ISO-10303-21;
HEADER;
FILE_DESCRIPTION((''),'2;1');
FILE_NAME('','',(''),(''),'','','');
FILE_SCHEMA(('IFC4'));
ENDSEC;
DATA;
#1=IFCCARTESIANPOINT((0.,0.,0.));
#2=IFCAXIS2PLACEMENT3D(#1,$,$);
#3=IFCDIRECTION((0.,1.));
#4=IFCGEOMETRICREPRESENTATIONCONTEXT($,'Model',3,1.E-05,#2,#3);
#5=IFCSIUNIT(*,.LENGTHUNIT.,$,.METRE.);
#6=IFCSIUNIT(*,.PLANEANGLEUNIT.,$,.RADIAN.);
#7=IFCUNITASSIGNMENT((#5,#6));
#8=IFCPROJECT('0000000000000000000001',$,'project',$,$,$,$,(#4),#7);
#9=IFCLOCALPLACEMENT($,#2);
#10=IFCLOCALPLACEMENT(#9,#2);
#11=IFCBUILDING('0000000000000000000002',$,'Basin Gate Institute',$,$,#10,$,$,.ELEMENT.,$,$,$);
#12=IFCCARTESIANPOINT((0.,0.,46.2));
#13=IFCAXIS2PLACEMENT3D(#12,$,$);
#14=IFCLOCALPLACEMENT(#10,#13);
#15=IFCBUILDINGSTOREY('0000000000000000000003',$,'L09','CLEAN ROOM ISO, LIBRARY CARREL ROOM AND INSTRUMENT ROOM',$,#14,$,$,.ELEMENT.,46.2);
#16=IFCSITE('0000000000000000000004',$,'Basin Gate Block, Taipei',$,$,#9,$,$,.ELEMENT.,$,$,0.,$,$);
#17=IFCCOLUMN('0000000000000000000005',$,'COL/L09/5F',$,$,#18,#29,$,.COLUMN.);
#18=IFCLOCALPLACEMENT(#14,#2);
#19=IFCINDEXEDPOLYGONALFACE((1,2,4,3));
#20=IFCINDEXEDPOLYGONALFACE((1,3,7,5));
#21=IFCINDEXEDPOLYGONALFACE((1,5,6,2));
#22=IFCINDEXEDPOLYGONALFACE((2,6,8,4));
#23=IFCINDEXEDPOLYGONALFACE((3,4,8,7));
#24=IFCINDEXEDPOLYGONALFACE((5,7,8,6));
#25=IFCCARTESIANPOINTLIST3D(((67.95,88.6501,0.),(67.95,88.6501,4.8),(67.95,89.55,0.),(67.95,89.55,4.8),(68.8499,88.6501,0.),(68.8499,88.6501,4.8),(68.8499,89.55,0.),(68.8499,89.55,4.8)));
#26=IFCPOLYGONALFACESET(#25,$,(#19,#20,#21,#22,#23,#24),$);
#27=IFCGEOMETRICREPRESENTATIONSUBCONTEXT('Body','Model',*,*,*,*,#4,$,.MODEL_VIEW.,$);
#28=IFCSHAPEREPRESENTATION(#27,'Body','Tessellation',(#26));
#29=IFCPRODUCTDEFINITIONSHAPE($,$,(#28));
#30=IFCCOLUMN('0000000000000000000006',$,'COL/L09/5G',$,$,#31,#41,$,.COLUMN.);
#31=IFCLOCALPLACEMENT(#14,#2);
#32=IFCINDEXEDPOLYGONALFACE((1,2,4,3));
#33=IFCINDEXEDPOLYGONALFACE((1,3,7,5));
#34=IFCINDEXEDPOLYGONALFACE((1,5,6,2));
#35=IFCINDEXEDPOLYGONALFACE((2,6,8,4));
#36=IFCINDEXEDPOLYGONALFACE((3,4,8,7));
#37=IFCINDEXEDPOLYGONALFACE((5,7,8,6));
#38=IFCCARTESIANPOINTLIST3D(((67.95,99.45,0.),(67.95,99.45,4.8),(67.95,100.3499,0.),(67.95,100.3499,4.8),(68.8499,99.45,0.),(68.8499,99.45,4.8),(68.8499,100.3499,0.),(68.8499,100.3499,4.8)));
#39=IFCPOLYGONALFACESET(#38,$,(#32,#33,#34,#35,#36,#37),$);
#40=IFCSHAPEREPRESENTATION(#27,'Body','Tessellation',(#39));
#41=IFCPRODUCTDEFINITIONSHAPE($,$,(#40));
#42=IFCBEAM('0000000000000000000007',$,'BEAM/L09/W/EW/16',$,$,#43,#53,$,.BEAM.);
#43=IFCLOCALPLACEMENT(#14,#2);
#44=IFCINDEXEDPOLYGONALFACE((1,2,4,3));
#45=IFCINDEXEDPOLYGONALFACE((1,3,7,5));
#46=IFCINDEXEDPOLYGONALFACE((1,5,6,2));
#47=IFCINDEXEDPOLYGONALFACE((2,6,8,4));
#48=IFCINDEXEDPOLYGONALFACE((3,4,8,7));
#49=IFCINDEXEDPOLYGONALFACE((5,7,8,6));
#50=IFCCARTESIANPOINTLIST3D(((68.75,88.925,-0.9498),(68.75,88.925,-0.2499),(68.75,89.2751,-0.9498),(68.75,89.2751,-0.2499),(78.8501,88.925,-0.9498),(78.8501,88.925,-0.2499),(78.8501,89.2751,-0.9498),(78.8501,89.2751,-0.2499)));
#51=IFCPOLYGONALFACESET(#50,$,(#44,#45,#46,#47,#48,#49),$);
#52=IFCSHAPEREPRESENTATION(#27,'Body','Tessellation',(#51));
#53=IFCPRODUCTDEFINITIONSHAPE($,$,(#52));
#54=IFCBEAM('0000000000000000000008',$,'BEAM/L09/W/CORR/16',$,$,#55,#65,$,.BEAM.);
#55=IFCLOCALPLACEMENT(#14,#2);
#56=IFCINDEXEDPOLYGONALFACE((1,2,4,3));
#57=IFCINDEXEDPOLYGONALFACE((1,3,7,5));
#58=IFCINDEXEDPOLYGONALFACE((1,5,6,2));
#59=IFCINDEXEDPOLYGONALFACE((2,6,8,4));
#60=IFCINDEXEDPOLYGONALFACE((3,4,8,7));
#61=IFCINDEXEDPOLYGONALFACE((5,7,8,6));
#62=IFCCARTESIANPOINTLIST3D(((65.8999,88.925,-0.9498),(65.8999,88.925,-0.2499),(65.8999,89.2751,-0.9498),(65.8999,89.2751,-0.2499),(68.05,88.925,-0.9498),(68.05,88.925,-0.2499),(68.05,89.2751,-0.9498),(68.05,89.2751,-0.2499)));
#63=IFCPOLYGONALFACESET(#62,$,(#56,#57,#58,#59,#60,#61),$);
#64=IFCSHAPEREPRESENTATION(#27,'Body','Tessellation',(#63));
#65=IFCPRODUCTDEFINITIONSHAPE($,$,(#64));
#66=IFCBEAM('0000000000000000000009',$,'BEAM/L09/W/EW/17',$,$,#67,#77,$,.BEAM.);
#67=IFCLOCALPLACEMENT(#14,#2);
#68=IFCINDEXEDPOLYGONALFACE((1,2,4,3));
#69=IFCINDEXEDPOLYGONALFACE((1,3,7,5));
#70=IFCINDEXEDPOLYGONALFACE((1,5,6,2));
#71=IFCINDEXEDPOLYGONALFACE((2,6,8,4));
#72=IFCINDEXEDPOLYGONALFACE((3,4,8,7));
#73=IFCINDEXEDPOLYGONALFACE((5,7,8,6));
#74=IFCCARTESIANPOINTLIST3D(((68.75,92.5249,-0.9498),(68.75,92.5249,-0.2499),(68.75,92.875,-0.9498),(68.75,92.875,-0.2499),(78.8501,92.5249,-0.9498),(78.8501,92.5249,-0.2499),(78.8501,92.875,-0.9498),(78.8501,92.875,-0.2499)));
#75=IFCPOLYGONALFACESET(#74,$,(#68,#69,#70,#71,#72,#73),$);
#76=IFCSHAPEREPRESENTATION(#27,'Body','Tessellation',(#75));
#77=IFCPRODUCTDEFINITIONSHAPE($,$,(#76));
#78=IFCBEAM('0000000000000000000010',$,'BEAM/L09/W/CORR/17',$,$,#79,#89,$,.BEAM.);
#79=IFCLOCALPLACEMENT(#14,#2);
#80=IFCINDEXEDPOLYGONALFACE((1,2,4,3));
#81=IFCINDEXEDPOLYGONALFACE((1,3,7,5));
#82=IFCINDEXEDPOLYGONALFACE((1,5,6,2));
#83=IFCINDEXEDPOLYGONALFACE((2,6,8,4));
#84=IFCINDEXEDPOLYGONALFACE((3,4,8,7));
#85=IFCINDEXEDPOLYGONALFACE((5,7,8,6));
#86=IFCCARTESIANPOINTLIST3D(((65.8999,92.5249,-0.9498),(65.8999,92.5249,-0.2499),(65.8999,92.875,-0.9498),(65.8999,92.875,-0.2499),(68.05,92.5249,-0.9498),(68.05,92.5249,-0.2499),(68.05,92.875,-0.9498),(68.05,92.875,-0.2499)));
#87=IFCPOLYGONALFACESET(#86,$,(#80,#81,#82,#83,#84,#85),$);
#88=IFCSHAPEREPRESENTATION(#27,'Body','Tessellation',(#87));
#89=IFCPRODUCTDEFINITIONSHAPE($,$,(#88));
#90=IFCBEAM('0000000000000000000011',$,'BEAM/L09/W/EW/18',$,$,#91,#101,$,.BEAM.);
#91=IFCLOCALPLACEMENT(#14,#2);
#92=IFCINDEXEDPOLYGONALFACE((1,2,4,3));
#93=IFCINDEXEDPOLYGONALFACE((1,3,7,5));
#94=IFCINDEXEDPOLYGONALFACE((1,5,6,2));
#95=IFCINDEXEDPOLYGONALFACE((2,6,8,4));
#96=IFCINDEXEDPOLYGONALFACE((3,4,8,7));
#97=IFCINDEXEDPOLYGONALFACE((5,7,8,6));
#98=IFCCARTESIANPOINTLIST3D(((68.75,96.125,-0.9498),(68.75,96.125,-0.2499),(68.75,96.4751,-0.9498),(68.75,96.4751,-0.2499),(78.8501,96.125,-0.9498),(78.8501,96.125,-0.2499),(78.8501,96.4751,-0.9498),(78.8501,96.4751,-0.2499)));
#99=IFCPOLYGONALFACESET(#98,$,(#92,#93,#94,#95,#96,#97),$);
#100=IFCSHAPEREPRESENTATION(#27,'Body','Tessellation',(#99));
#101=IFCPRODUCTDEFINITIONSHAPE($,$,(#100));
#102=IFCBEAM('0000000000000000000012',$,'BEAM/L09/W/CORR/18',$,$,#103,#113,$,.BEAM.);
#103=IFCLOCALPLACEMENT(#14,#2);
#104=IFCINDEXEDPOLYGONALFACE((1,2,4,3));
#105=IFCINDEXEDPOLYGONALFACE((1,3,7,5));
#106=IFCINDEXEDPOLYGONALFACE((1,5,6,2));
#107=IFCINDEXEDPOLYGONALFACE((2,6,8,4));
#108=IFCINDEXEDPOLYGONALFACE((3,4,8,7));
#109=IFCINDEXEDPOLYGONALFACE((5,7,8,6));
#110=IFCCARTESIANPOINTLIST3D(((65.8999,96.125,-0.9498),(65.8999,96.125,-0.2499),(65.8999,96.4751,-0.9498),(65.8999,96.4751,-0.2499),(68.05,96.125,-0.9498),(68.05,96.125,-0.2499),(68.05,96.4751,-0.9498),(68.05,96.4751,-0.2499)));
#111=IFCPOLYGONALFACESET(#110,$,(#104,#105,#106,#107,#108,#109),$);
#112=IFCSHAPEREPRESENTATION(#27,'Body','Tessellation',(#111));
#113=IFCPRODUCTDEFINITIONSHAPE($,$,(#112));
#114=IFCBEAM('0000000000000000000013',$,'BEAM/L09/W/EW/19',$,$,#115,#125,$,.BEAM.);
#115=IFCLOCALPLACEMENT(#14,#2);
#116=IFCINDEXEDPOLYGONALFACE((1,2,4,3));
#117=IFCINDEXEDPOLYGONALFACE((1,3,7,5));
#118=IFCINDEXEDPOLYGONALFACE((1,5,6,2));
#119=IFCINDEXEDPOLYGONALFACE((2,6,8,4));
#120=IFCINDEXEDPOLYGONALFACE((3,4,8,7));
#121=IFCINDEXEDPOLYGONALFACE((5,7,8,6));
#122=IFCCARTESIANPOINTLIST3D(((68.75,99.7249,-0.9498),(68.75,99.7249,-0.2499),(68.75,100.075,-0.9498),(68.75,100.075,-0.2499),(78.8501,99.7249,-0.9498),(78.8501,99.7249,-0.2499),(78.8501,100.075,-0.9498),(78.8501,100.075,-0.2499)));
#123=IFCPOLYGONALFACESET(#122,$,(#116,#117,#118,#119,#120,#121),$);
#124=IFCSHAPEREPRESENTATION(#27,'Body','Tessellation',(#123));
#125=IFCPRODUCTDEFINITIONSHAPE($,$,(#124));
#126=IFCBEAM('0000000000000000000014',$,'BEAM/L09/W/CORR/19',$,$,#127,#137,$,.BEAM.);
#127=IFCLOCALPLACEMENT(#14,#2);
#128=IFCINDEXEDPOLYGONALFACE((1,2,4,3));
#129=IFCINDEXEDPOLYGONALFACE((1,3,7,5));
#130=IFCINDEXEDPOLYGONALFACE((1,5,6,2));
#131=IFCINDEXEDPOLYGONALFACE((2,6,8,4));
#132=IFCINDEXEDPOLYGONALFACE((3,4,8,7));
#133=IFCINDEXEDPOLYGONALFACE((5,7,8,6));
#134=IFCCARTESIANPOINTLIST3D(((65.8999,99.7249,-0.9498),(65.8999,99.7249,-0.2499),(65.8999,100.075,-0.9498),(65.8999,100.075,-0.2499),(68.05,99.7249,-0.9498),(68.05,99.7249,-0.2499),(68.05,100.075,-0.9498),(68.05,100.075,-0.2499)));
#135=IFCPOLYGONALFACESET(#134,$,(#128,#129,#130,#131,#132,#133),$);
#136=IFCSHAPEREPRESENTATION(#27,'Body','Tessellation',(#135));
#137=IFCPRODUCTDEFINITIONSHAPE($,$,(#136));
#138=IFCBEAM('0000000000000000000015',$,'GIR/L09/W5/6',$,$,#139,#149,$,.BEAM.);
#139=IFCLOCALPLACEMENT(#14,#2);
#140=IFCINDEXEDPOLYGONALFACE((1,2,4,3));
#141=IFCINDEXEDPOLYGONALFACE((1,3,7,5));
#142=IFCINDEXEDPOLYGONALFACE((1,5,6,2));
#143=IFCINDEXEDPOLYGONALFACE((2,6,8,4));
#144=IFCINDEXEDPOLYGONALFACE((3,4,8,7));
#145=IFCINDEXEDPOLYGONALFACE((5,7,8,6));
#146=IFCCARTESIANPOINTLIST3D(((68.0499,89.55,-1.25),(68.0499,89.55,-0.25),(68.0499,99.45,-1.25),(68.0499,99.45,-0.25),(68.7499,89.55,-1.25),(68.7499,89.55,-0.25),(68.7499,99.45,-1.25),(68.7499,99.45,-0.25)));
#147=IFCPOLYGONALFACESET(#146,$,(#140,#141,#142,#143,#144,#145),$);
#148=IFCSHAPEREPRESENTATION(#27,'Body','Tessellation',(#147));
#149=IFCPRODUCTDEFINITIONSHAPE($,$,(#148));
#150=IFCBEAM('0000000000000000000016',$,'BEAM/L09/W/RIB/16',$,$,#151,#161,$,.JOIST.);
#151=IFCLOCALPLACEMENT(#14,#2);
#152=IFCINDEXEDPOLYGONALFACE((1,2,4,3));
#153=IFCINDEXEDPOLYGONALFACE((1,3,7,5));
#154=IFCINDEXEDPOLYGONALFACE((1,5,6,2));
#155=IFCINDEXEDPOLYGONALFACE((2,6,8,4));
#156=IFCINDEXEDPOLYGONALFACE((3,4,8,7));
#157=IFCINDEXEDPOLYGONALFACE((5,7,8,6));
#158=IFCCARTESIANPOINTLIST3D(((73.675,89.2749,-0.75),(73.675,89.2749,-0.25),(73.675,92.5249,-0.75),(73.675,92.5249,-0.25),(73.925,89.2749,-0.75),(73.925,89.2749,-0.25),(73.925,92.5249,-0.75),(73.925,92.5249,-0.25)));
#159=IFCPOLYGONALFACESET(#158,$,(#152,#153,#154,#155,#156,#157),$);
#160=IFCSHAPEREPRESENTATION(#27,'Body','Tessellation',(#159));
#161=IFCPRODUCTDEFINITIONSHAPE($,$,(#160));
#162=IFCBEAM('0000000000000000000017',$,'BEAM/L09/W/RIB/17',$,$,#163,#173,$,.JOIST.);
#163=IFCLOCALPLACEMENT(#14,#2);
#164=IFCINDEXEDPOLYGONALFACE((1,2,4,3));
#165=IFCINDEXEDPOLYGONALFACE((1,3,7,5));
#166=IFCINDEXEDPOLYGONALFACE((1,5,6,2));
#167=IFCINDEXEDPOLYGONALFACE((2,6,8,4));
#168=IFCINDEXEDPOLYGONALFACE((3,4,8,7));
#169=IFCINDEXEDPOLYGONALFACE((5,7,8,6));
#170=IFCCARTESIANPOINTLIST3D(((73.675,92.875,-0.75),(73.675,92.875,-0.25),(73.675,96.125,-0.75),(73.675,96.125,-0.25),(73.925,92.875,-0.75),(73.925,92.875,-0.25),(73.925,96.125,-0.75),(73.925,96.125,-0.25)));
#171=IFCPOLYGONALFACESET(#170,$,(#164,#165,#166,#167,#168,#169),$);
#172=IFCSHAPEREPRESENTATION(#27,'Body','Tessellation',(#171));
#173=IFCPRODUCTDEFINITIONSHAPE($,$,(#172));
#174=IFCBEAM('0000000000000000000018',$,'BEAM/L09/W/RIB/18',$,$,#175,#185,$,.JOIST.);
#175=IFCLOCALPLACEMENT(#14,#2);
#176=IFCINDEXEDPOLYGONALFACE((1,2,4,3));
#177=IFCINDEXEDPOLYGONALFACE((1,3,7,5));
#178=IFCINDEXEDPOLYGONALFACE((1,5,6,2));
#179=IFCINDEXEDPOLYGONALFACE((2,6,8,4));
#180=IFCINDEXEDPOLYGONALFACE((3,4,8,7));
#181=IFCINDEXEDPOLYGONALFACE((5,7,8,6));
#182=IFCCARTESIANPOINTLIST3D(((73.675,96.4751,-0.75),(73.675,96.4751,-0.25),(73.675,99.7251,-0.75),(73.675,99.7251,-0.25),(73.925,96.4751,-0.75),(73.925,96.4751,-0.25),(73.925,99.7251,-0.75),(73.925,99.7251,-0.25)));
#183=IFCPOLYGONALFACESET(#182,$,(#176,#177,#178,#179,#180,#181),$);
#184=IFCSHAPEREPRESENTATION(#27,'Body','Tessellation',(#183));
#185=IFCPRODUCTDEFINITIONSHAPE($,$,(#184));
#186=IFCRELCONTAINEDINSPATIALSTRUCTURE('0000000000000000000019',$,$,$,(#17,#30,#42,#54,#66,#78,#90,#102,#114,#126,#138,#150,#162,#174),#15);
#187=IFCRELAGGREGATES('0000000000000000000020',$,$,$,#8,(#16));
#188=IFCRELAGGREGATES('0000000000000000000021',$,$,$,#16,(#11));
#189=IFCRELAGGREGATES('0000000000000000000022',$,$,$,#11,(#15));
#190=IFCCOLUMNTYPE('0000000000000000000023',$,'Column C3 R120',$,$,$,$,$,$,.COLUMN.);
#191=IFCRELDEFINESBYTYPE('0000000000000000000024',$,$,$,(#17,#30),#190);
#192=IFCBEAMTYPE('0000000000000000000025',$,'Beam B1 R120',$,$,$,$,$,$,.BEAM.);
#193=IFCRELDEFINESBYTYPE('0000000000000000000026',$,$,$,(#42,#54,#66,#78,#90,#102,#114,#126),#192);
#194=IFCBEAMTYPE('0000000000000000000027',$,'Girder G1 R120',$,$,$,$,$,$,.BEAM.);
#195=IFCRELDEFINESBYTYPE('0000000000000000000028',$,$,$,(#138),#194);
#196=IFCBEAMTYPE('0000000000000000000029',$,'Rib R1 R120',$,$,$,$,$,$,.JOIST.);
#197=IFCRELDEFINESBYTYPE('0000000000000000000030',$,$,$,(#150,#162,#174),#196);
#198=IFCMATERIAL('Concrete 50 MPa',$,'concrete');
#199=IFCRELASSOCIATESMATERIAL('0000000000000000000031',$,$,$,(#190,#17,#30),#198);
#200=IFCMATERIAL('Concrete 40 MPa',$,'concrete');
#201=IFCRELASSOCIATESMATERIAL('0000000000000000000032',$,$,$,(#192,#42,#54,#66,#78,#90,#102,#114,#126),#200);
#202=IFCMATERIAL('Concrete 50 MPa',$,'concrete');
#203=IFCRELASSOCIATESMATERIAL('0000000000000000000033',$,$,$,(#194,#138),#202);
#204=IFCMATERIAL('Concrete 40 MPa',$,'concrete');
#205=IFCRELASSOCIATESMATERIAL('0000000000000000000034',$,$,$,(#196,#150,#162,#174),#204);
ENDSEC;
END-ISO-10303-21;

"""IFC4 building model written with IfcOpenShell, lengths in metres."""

from ifc_helpers import new_model, si_unit, direction, frame, origin, origin_2d, place, context, subcontext, project, spatial, rectangle, extrude, material, material_profile, profile_set, type_object, element, save


model = new_model("IFC4")

# Units and contexts
model_context = context("Model", 3, precision=1e-05, world=origin(), true_north=direction((0.0, 1.0)))
body_context = subcontext(model_context, "Body", "Model", "MODEL_VIEW")
ifc_project = project(units=[si_unit("LENGTHUNIT", "METRE"), si_unit("PLANEANGLEUNIT", "RADIAN")], contexts=[model_context])

# Site, building, storey
site_placement = place(None, origin())
site = spatial("IfcSite", under=ifc_project, at=site_placement, Name="Basin Gate Block, Taipei", CompositionType="ELEMENT", RefElevation=0.0)
building_placement = place(site_placement, origin())
building = spatial("IfcBuilding", under=site, at=building_placement, Name="Basin Gate Institute", CompositionType="ELEMENT")
storey_placement = place(building_placement, frame((0.0, 0.0, 46.2)))
storey = spatial("IfcBuildingStorey", under=building, at=storey_placement, Name="L09", Description="CLEAN ROOM ISO, LIBRARY CARREL ROOM AND INSTRUMENT ROOM", CompositionType="ELEMENT", Elevation=46.2)

# Columns
ifc_material_1 = material(Name="Concrete 50 MPa", Category="concrete")
ifc_material_profile_1 = material_profile(ifc_material_1, rectangle(XDim=0.8999, YDim=0.8999, at=origin_2d()), Name="Column C3 900 x 900")
ifc_profile_set_1 = profile_set([ifc_material_profile_1], Name="Concrete 50 MPa")
column_type = type_object("IfcColumnType", Name="Column C3 R120", PredefinedType="COLUMN", material=ifc_profile_set_1)
for number, where, z_axis, x_axis, name in (
    (1, (68.3999, 89.1001, 0.0), (0.0, 0.0, 1.0), (1.0, 0.0, 0.0), "COL/L09/5F"),
    (2, (68.3999, 99.8999, 0.0), (0.0, 0.0, 1.0), (1.0, 0.0, 0.0), "COL/L09/5G"),
):
    element("IfcColumn", number, at=place(storey_placement, frame(where, z_axis=z_axis, x_axis=x_axis)), inside=storey, type_object=column_type, material=ifc_profile_set_1, Name=name, PredefinedType="COLUMN", context=body_context, shape_type="SweptSolid", body=[
        extrude(rectangle(XDim=0.8999, YDim=0.8999, at=origin_2d()), origin(), (0.0, 0.0, 1.0), 4.8),
    ])

# Beams
ifc_material_2 = material(Name="Concrete 40 MPa", Category="concrete")
ifc_material_profile_2 = material_profile(ifc_material_2, rectangle(XDim=0.3501, YDim=0.7, at=origin_2d()), Name="Beam B1 350 x 700")
ifc_profile_set_2 = profile_set([ifc_material_profile_2], Name="Concrete 40 MPa")
beam_type_1 = type_object("IfcBeamType", Name="Beam B1 R120", PredefinedType="BEAM", material=ifc_profile_set_2)
beam_1_placement = place(storey_placement, frame((68.75, 89.1001, -0.5999), z_axis=(1.0, 0.0, 0.0), x_axis=(0.0, 1.0, 0.0)))
element("IfcBeam", 3, at=beam_1_placement, inside=storey, type_object=beam_type_1, material=ifc_profile_set_2, Name="BEAM/L09/W/EW/16", PredefinedType="BEAM", context=body_context, shape_type="SweptSolid", body=[
    extrude(rectangle(XDim=0.3501, YDim=0.7, at=origin_2d()), origin(), (0.0, 0.0, 1.0), 10.1001),
])
beam_2_placement = place(storey_placement, frame((65.8999, 89.1001, -0.5999), z_axis=(1.0, 0.0, 0.0), x_axis=(0.0, 1.0, 0.0)))
element("IfcBeam", 4, at=beam_2_placement, inside=storey, type_object=beam_type_1, material=ifc_profile_set_2, Name="BEAM/L09/W/CORR/16", PredefinedType="BEAM", context=body_context, shape_type="SweptSolid", body=[
    extrude(rectangle(XDim=0.3501, YDim=0.7, at=origin_2d()), origin(), (0.0, 0.0, 1.0), 2.1501),
])
beam_3_placement = place(storey_placement, frame((68.75, 92.7, -0.5999), z_axis=(1.0, 0.0, 0.0), x_axis=(0.0, 1.0, 0.0)))
element("IfcBeam", 5, at=beam_3_placement, inside=storey, type_object=beam_type_1, material=ifc_profile_set_2, Name="BEAM/L09/W/EW/17", PredefinedType="BEAM", context=body_context, shape_type="SweptSolid", body=[
    extrude(rectangle(XDim=0.3501, YDim=0.7, at=origin_2d()), origin(), (0.0, 0.0, 1.0), 10.1001),
])
beam_4_placement = place(storey_placement, frame((65.8999, 92.7, -0.5999), z_axis=(1.0, 0.0, 0.0), x_axis=(0.0, 1.0, 0.0)))
element("IfcBeam", 6, at=beam_4_placement, inside=storey, type_object=beam_type_1, material=ifc_profile_set_2, Name="BEAM/L09/W/CORR/17", PredefinedType="BEAM", context=body_context, shape_type="SweptSolid", body=[
    extrude(rectangle(XDim=0.3501, YDim=0.7, at=origin_2d()), origin(), (0.0, 0.0, 1.0), 2.1501),
])
beam_5_placement = place(storey_placement, frame((68.75, 96.3, -0.5999), z_axis=(1.0, 0.0, 0.0), x_axis=(0.0, 1.0, 0.0)))
element("IfcBeam", 7, at=beam_5_placement, inside=storey, type_object=beam_type_1, material=ifc_profile_set_2, Name="BEAM/L09/W/EW/18", PredefinedType="BEAM", context=body_context, shape_type="SweptSolid", body=[
    extrude(rectangle(XDim=0.3501, YDim=0.7, at=origin_2d()), origin(), (0.0, 0.0, 1.0), 10.1001),
])
beam_6_placement = place(storey_placement, frame((65.8999, 96.3, -0.5999), z_axis=(1.0, 0.0, 0.0), x_axis=(0.0, 1.0, 0.0)))
element("IfcBeam", 8, at=beam_6_placement, inside=storey, type_object=beam_type_1, material=ifc_profile_set_2, Name="BEAM/L09/W/CORR/18", PredefinedType="BEAM", context=body_context, shape_type="SweptSolid", body=[
    extrude(rectangle(XDim=0.3501, YDim=0.7, at=origin_2d()), origin(), (0.0, 0.0, 1.0), 2.1501),
])
beam_7_placement = place(storey_placement, frame((68.75, 99.8999, -0.5999), z_axis=(1.0, 0.0, 0.0), x_axis=(0.0, 1.0, 0.0)))
element("IfcBeam", 9, at=beam_7_placement, inside=storey, type_object=beam_type_1, material=ifc_profile_set_2, Name="BEAM/L09/W/EW/19", PredefinedType="BEAM", context=body_context, shape_type="SweptSolid", body=[
    extrude(rectangle(XDim=0.3501, YDim=0.7, at=origin_2d()), origin(), (0.0, 0.0, 1.0), 10.1001),
])
beam_8_placement = place(storey_placement, frame((65.8999, 99.8999, -0.5999), z_axis=(1.0, 0.0, 0.0), x_axis=(0.0, 1.0, 0.0)))
element("IfcBeam", 10, at=beam_8_placement, inside=storey, type_object=beam_type_1, material=ifc_profile_set_2, Name="BEAM/L09/W/CORR/19", PredefinedType="BEAM", context=body_context, shape_type="SweptSolid", body=[
    extrude(rectangle(XDim=0.3501, YDim=0.7, at=origin_2d()), origin(), (0.0, 0.0, 1.0), 2.1501),
])
ifc_material_3 = material(Name="Concrete 50 MPa", Category="concrete")
ifc_material_profile_3 = material_profile(ifc_material_3, rectangle(XDim=0.7, YDim=1.0, at=origin_2d()), Name="Girder G1 700 x 1000")
ifc_profile_set_3 = profile_set([ifc_material_profile_3], Name="Concrete 50 MPa")
beam_type_2 = type_object("IfcBeamType", Name="Girder G1 R120", PredefinedType="BEAM", material=ifc_profile_set_3)
beam_9_placement = place(storey_placement, frame((68.3999, 89.55, -0.75), z_axis=(0.0, 1.0, 0.0), x_axis=(-1.0, 0.0, 0.0)))
element("IfcBeam", 11, at=beam_9_placement, inside=storey, type_object=beam_type_2, material=ifc_profile_set_3, Name="GIR/L09/W5/6", PredefinedType="BEAM", context=body_context, shape_type="SweptSolid", body=[
    extrude(rectangle(XDim=0.7, YDim=1.0, at=origin_2d()), origin(), (0.0, 0.0, 1.0), 9.8999),
])
ifc_material_4 = material(Name="Concrete 40 MPa", Category="concrete")
ifc_material_profile_4 = material_profile(ifc_material_4, rectangle(XDim=0.25, YDim=0.5, at=origin_2d()), Name="Rib R1 250 x 500")
ifc_profile_set_4 = profile_set([ifc_material_profile_4], Name="Concrete 40 MPa")
beam_type_3 = type_object("IfcBeamType", Name="Rib R1 R120", PredefinedType="JOIST", material=ifc_profile_set_4)
for number, where, z_axis, x_axis, name in (
    (12, (73.8, 89.2749, -0.5), (0.0, 1.0, 0.0), (-1.0, 0.0, 0.0), "BEAM/L09/W/RIB/16"),
    (13, (73.8, 92.875, -0.5), (0.0, 1.0, 0.0), (-1.0, 0.0, 0.0), "BEAM/L09/W/RIB/17"),
    (14, (73.8, 96.4751, -0.5), (0.0, 1.0, 0.0), (-1.0, 0.0, 0.0), "BEAM/L09/W/RIB/18"),
):
    element("IfcBeam", number, at=place(storey_placement, frame(where, z_axis=z_axis, x_axis=x_axis)), inside=storey, type_object=beam_type_3, material=ifc_profile_set_4, Name=name, PredefinedType="JOIST", context=body_context, shape_type="SweptSolid", body=[
        extrude(rectangle(XDim=0.25, YDim=0.5, at=origin_2d()), origin(), (0.0, 0.0, 1.0), 3.25),
    ])

save(model, "model.ifc")
